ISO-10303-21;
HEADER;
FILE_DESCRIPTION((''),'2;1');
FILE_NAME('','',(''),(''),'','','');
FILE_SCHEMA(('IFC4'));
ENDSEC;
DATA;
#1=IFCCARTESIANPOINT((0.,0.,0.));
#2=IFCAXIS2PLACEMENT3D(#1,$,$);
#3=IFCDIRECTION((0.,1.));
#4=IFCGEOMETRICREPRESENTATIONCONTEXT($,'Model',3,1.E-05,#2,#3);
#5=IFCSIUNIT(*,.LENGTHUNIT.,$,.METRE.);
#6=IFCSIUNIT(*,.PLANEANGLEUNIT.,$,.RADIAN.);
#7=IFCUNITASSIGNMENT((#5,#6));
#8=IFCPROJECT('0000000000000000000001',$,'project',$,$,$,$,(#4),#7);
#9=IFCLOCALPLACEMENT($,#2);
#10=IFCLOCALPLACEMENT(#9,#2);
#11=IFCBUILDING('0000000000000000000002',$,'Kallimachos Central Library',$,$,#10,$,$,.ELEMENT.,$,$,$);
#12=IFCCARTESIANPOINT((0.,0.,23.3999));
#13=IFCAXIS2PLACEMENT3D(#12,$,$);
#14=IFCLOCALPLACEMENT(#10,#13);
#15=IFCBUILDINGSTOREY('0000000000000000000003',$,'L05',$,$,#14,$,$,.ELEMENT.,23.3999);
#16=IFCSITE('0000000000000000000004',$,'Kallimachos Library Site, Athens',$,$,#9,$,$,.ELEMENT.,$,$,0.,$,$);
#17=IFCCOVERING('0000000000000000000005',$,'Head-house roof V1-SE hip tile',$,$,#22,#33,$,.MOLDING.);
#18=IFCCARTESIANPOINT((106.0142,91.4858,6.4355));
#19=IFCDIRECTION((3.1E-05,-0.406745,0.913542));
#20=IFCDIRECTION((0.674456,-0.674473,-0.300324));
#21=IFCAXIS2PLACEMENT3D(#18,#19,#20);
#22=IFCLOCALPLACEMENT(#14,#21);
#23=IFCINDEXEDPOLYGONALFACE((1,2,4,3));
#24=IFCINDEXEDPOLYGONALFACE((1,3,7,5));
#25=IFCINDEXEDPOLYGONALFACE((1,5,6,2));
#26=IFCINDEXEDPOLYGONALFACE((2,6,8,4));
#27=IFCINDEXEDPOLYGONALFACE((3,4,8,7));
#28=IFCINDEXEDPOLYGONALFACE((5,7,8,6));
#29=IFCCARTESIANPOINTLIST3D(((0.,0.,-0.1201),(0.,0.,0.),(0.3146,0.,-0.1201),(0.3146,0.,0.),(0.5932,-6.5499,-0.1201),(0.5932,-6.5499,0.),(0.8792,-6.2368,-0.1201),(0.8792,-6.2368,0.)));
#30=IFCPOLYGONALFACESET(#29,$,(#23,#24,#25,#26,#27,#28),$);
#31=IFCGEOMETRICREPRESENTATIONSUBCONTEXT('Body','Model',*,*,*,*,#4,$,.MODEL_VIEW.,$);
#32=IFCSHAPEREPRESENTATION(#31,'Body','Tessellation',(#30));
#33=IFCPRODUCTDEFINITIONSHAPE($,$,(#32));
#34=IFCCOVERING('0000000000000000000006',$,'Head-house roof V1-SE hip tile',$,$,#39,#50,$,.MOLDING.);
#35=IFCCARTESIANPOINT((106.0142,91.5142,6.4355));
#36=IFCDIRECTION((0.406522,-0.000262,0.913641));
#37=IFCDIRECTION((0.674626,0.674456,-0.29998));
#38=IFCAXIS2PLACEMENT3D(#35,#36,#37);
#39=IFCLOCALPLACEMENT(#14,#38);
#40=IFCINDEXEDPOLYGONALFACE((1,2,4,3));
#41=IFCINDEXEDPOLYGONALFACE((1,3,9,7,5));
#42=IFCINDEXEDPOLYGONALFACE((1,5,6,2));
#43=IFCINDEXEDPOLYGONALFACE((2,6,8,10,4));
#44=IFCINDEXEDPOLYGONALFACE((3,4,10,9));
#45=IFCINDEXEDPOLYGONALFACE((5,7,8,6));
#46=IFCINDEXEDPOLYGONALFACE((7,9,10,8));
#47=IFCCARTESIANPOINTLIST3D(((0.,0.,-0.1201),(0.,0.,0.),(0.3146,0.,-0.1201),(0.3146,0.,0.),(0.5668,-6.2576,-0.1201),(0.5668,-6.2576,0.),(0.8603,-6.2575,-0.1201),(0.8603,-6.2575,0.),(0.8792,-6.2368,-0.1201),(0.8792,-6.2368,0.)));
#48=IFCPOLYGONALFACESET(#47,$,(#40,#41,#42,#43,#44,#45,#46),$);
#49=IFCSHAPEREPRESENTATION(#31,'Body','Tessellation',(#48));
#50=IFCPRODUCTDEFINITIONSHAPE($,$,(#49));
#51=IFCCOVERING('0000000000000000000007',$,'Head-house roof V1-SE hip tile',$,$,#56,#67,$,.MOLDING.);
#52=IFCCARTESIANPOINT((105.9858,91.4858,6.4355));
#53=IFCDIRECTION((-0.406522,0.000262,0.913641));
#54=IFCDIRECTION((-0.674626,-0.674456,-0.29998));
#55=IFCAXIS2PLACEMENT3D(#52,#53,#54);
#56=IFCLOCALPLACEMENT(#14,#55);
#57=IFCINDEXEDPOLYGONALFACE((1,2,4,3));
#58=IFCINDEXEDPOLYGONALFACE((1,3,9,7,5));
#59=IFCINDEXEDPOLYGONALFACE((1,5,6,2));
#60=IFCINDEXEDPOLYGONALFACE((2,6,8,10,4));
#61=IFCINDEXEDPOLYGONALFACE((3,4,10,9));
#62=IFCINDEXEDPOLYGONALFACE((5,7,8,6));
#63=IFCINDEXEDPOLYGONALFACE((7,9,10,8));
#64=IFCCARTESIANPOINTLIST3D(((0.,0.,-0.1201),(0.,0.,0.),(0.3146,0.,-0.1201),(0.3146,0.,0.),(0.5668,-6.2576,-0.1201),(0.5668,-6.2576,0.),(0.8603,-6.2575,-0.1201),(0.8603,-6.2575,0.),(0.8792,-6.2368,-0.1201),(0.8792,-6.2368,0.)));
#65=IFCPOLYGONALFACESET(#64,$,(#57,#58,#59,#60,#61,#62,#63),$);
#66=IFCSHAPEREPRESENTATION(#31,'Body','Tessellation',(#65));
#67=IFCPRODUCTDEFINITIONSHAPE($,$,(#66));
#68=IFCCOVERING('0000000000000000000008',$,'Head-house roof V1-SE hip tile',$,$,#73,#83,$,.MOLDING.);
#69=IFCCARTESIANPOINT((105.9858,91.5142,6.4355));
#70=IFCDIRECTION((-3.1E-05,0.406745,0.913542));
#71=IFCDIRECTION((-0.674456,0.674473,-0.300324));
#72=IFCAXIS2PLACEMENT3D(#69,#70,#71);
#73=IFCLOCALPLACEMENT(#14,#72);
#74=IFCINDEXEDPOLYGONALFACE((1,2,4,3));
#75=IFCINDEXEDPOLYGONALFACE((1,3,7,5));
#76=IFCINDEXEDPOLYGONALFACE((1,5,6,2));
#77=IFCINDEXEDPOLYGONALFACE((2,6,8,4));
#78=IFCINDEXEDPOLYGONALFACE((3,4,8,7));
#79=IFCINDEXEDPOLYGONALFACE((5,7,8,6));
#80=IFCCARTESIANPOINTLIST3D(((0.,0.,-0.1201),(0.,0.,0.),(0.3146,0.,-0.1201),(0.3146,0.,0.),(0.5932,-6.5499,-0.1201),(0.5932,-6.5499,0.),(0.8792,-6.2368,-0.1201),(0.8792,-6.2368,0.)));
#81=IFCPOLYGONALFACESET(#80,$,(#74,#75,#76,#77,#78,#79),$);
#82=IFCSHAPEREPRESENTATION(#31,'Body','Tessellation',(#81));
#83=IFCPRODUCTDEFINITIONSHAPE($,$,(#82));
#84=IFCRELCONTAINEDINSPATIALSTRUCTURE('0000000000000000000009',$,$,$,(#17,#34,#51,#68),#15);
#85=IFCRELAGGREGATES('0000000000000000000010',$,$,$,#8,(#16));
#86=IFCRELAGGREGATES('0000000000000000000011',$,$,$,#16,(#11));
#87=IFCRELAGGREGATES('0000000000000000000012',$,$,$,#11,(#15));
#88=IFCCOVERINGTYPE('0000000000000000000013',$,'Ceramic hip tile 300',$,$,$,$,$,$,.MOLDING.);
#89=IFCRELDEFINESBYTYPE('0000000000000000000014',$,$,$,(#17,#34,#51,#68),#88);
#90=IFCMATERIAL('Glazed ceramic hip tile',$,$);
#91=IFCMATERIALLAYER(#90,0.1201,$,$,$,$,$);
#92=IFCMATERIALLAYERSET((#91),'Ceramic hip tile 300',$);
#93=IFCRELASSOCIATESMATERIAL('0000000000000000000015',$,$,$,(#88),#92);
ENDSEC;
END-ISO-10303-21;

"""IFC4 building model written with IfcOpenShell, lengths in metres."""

from ifc_helpers import new_model, si_unit, direction, frame, origin, place, context, subcontext, project, spatial, polyline, outline, extrude, material, layer, layer_set, type_object, element, save


model = new_model("IFC4")

# Units and contexts
model_context = context("Model", 3, precision=1e-05, world=origin(), true_north=direction((0.0, 1.0)))
body_context = subcontext(model_context, "Body", "Model", "MODEL_VIEW")
ifc_project = project(units=[si_unit("LENGTHUNIT", "METRE"), si_unit("PLANEANGLEUNIT", "RADIAN")], contexts=[model_context])

# Site, building, storey
site_placement = place(None, origin())
site = spatial("IfcSite", under=ifc_project, at=site_placement, Name="Kallimachos Library Site, Athens", CompositionType="ELEMENT", RefElevation=0.0)
building_placement = place(site_placement, origin())
building = spatial("IfcBuilding", under=site, at=building_placement, Name="Kallimachos Central Library", CompositionType="ELEMENT")
storey_placement = place(building_placement, frame((0.0, 0.0, 23.3999)))
storey = spatial("IfcBuildingStorey", under=building, at=storey_placement, Name="L05", CompositionType="ELEMENT", Elevation=23.3999)

# Coverings
ifc_material_1 = material(Name="Glazed ceramic hip tile")
ifc_layer_1 = layer(ifc_material_1, 0.1201)
ifc_layer_set_1 = layer_set([ifc_layer_1], Name="Ceramic hip tile 300")
covering_type_1 = type_object("IfcCoveringType", Name="Ceramic hip tile 300", PredefinedType="MOLDING", material=ifc_layer_set_1)
covering_1_placement = place(storey_placement, frame((106.0142, 91.4858, 6.4355), z_axis=(0.000031, -0.406745, 0.913542), x_axis=(0.674456, -0.674473, -0.300324)))
element("IfcCovering", 1, at=covering_1_placement, inside=storey, type_object=covering_type_1, Name="Head-house roof V1-SE hip tile", PredefinedType="MOLDING", context=body_context, shape_type="SweptSolid", body=[
    extrude(outline(polyline([(0.0, 0.0), (0.3146, 0.0), (0.8792, -6.2368), (0.5932, -6.5499), (0.0, 0.0)])), origin(), (0.0, 0.0, -1.0), 0.1201),
])
for number, where, z_axis, x_axis, name in (
    (2, (106.0142, 91.5142, 6.4355), (0.406522, -0.000262, 0.913641), (0.674626, 0.674456, -0.29998), "Head-house roof V1-SE hip tile"),
    (3, (105.9858, 91.4858, 6.4355), (-0.406522, 0.000262, 0.913641), (-0.674626, -0.674456, -0.29998), "Head-house roof V1-SE hip tile"),
):
    element("IfcCovering", number, at=place(storey_placement, frame(where, z_axis=z_axis, x_axis=x_axis)), inside=storey, type_object=covering_type_1, Name=name, PredefinedType="MOLDING", context=body_context, shape_type="SweptSolid", body=[
        extrude(outline(polyline([(0.0, 0.0), (0.3146, 0.0), (0.8792, -6.2368), (0.8603, -6.2575), (0.5668, -6.2576), (0.0, 0.0)])), origin(), (0.0, 0.0, -1.0), 0.1201),
    ])
covering_2_placement = place(storey_placement, frame((105.9858, 91.5142, 6.4355), z_axis=(-0.000031, 0.406745, 0.913542), x_axis=(-0.674456, 0.674473, -0.300324)))
element("IfcCovering", 4, at=covering_2_placement, inside=storey, type_object=covering_type_1, Name="Head-house roof V1-SE hip tile", PredefinedType="MOLDING", context=body_context, shape_type="SweptSolid", body=[
    extrude(outline(polyline([(0.0, 0.0), (0.3146, 0.0), (0.8792, -6.2368), (0.5932, -6.5499), (0.0, 0.0)])), origin(), (0.0, 0.0, -1.0), 0.1201),
])

save(model, "model.ifc")
